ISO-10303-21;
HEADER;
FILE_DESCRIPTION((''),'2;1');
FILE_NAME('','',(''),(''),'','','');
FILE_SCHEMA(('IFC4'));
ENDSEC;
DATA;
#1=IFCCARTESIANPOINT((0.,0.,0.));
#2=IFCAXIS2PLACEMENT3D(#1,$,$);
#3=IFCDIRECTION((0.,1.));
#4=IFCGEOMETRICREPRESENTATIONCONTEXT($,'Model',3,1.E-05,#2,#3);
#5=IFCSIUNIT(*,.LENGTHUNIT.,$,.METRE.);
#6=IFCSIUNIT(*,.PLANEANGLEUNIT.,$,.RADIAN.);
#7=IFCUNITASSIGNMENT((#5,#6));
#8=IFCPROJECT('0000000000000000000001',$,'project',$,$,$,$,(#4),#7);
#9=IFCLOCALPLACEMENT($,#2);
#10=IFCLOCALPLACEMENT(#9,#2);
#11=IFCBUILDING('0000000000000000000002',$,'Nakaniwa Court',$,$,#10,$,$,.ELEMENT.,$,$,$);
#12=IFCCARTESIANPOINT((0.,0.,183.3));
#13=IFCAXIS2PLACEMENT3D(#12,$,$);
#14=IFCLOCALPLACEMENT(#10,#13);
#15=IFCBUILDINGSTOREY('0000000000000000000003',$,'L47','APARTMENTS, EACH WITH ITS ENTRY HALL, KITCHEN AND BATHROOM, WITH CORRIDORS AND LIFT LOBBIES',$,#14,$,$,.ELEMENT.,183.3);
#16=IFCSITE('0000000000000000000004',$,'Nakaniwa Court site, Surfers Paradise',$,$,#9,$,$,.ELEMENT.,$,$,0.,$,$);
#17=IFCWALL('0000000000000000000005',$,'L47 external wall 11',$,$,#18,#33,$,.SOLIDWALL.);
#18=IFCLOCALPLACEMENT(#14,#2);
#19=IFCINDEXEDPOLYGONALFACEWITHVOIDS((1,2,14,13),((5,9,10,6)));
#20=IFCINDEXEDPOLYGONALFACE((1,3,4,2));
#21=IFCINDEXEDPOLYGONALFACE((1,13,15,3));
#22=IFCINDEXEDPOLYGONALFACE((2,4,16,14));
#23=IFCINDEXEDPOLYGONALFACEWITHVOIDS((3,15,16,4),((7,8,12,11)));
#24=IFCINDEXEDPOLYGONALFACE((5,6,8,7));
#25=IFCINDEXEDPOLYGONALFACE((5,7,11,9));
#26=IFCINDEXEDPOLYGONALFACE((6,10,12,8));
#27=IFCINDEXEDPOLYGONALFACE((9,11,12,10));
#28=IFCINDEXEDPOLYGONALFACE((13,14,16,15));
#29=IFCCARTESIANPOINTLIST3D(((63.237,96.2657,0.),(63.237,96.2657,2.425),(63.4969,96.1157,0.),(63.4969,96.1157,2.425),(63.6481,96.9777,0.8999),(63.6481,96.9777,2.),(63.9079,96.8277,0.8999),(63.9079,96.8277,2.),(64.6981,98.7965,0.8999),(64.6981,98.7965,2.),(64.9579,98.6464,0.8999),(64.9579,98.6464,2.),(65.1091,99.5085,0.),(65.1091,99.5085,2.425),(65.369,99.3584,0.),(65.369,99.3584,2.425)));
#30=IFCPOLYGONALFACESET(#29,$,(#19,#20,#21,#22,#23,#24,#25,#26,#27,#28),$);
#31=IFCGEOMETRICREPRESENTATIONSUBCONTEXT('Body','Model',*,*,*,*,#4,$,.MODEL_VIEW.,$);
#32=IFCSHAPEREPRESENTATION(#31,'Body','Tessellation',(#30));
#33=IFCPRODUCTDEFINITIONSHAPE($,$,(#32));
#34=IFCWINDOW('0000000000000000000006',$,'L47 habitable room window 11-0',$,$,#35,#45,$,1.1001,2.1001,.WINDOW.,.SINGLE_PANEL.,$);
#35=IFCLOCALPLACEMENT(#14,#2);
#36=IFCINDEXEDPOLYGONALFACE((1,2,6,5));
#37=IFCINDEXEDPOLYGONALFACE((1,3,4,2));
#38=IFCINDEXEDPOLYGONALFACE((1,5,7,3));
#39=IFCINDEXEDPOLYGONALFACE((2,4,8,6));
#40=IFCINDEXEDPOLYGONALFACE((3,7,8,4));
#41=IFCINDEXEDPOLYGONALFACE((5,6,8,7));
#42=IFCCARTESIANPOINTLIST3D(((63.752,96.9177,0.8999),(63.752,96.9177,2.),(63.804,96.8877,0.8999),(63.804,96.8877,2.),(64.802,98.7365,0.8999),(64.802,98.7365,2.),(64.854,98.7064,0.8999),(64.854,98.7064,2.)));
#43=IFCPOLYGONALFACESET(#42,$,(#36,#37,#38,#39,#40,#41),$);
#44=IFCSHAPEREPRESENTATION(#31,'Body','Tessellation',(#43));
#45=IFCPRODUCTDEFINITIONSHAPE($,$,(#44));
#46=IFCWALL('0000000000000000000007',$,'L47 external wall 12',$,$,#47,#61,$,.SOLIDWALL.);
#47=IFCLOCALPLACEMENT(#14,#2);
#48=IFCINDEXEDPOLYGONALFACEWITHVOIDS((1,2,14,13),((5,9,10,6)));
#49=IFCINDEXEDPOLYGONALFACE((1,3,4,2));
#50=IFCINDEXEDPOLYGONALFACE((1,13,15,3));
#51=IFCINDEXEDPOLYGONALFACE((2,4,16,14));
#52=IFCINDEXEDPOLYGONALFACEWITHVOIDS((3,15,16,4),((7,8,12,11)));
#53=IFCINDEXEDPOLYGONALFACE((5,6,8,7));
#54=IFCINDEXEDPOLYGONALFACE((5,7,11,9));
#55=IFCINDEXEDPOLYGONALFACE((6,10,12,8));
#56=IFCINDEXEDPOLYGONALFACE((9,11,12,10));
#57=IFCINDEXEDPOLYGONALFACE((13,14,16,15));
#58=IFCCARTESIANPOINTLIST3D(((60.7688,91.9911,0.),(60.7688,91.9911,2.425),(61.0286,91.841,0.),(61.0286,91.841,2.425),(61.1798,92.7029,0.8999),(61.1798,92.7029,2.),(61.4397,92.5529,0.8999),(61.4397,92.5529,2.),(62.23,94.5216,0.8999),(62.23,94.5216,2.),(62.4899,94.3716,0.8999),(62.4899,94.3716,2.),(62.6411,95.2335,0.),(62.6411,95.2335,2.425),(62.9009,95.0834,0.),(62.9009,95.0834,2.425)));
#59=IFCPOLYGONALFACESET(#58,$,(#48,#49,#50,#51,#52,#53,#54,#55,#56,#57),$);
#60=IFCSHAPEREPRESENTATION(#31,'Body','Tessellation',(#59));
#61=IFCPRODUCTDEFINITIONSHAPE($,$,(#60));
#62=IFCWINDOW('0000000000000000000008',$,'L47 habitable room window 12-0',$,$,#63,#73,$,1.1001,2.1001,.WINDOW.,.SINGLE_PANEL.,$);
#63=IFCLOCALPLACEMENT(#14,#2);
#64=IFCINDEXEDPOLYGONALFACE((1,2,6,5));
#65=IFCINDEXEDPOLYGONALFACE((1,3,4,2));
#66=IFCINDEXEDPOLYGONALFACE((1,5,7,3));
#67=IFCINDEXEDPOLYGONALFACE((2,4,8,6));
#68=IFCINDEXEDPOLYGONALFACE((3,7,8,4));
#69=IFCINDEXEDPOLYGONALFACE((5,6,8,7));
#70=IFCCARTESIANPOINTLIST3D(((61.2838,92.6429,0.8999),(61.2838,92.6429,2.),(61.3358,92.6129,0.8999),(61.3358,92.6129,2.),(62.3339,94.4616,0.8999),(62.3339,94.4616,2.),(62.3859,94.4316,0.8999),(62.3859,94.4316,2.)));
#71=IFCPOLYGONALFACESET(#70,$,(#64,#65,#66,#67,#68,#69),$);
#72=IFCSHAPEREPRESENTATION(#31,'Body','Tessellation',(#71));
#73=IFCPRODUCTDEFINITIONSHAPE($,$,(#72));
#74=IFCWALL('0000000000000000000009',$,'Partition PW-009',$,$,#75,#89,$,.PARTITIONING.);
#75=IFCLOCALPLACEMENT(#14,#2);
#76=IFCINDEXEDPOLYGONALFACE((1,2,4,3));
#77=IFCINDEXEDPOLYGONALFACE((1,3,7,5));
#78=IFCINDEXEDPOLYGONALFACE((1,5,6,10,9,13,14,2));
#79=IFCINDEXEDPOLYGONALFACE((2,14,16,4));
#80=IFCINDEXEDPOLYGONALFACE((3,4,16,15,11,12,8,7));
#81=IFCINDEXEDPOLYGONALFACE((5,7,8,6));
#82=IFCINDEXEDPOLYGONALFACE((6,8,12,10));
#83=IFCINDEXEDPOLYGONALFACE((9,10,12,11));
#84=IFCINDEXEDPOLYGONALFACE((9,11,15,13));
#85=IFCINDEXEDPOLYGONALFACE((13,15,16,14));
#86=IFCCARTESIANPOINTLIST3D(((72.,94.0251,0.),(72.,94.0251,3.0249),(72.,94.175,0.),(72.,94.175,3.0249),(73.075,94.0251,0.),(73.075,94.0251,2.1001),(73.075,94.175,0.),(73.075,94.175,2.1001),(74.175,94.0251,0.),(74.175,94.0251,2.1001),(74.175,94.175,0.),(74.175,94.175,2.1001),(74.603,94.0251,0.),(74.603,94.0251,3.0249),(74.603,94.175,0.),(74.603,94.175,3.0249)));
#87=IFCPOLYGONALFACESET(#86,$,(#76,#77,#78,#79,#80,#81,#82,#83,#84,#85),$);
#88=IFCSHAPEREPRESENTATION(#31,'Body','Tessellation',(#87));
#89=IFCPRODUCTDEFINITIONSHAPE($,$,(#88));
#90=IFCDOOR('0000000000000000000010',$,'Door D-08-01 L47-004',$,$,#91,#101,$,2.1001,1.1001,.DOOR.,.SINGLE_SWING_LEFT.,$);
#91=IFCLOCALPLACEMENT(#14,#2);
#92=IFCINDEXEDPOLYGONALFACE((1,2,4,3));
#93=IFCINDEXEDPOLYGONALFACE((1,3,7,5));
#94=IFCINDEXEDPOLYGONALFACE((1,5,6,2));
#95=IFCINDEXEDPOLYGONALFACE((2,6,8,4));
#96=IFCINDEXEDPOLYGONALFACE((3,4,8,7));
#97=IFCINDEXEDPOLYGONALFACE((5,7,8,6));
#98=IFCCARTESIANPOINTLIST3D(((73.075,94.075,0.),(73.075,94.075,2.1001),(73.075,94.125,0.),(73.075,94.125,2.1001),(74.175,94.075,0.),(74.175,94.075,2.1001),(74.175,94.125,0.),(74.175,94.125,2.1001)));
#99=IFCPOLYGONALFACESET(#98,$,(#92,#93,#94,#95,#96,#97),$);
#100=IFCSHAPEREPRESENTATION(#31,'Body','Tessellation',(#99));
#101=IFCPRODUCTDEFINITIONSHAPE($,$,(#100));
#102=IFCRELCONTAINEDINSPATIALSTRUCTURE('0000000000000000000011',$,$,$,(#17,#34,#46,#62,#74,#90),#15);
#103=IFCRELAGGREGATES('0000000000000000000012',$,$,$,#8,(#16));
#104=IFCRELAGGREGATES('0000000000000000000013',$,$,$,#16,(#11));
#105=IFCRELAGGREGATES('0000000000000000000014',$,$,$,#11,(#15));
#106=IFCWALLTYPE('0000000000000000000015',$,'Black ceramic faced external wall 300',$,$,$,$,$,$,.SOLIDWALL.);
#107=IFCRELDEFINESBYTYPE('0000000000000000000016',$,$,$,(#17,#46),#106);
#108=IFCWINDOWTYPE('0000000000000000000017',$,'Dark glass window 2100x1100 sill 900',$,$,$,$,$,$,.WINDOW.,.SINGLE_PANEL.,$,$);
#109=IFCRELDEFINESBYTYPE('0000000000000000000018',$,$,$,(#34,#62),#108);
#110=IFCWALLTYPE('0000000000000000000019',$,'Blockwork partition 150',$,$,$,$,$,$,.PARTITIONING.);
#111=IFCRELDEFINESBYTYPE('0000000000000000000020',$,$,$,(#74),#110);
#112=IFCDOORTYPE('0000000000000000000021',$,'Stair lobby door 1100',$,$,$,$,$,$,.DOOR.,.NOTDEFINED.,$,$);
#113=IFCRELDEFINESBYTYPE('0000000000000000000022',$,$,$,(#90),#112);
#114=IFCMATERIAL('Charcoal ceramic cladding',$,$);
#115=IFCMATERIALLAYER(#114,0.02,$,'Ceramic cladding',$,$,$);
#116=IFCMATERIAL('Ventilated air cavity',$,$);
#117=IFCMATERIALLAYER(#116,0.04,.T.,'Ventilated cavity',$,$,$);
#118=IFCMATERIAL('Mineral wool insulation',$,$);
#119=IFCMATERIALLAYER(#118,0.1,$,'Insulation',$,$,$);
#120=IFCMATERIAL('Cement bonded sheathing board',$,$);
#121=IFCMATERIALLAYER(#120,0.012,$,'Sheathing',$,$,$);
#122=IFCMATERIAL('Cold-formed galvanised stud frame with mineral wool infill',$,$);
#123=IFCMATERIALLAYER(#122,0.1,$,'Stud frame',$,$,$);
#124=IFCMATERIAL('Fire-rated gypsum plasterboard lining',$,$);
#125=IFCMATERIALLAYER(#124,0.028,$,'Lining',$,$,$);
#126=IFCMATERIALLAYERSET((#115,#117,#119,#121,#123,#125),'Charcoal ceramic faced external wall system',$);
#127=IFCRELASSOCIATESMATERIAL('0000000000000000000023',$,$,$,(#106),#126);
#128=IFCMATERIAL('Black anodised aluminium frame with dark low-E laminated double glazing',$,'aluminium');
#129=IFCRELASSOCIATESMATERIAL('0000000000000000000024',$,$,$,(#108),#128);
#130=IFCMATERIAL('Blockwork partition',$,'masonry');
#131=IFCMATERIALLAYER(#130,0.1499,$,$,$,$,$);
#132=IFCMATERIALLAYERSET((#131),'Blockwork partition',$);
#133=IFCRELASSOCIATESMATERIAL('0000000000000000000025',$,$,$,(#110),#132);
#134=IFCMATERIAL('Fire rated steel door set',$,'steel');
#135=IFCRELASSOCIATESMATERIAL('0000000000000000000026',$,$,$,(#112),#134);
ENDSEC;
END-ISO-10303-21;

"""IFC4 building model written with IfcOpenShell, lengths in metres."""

from ifc_helpers import new_model, si_unit, direction, frame, frame_2d, origin, place, context, subcontext, project, spatial, rectangle, extrude, material, layer, layer_set, type_object, element, fill, save


model = new_model("IFC4")

# Units and contexts
model_context = context("Model", 3, precision=1e-05, world=origin(), true_north=direction((0.0, 1.0)))
body_context = subcontext(model_context, "Body", "Model", "MODEL_VIEW")
ifc_project = project(units=[si_unit("LENGTHUNIT", "METRE"), si_unit("PLANEANGLEUNIT", "RADIAN")], contexts=[model_context])

# Site, building, storey
site_placement = place(None, origin())
site = spatial("IfcSite", under=ifc_project, at=site_placement, Name="Nakaniwa Court site, Surfers Paradise", CompositionType="ELEMENT", RefElevation=0.0)
building_placement = place(site_placement, origin())
building = spatial("IfcBuilding", under=site, at=building_placement, Name="Nakaniwa Court", CompositionType="ELEMENT")
storey_placement = place(building_placement, frame((0.0, 0.0, 183.3)))
storey = spatial("IfcBuildingStorey", under=building, at=storey_placement, Name="L47", Description="APARTMENTS, EACH WITH ITS ENTRY HALL, KITCHEN AND BATHROOM, WITH CORRIDORS AND LIFT LOBBIES", CompositionType="ELEMENT", Elevation=183.3)

# Walls, openings, windows
ifc_material_1 = material(Name="Charcoal ceramic cladding")
ifc_layer_1 = layer(ifc_material_1, 0.02, Name="Ceramic cladding")
ifc_material_2 = material(Name="Ventilated air cavity")
ifc_layer_2 = layer(ifc_material_2, 0.04, ventilated=True, Name="Ventilated cavity")
ifc_material_3 = material(Name="Mineral wool insulation")
ifc_layer_3 = layer(ifc_material_3, 0.1, Name="Insulation")
ifc_material_4 = material(Name="Cement bonded sheathing board")
ifc_layer_4 = layer(ifc_material_4, 0.012, Name="Sheathing")
ifc_material_5 = material(Name="Cold-formed galvanised stud frame with mineral wool infill")
ifc_layer_5 = layer(ifc_material_5, 0.1, Name="Stud frame")
ifc_material_6 = material(Name="Fire-rated gypsum plasterboard lining")
ifc_layer_6 = layer(ifc_material_6, 0.028, Name="Lining")
ifc_layer_set_1 = layer_set([ifc_layer_1, ifc_layer_2, ifc_layer_3, ifc_layer_4, ifc_layer_5, ifc_layer_6], Name="Charcoal ceramic faced external wall system")
wall_type_1 = type_object("IfcWallType", Name="Black ceramic faced external wall 300", PredefinedType="SOLIDWALL", material=ifc_layer_set_1)
ifc_material_7 = material(Name="Black anodised aluminium frame with dark low-E laminated double glazing", Category="aluminium")
wall_1_placement = place(storey_placement, frame((65.239, 99.4333, 0.0), z_axis=(0.0, 0.0, 1.0), x_axis=(-0.499982, -0.866036, 0.0)))
wall_1 = element("IfcWall", 1, at=wall_1_placement, inside=storey, type_object=wall_type_1, Name="L47 external wall 11", PredefinedType="SOLIDWALL", context=body_context, shape_type="SweptSolid", body=[
    extrude(rectangle(XDim=3.7444, YDim=0.3, at=frame_2d((1.8721, 0.0))), origin(), (0.0, 0.0, 1.0), 2.425),
])
opening_1_placement = place(wall_1_placement, frame((0.822, 0.0, 0.8999)))
opening_1 = element("IfcOpeningElement", 2, at=opening_1_placement, cuts=wall_1, PredefinedType="OPENING", context=body_context, shape_type="SweptSolid", body=[
    extrude(rectangle(XDim=2.1001, YDim=1.1001, at=frame_2d((1.05, 0.55))), frame((0.0, 0.1599, 0.0), z_axis=(0.0, -1.0, 0.0), x_axis=(1.0, 0.0, 0.0)), (0.0, 0.0, 1.0), 0.3201),
])
window_type_1 = type_object("IfcWindowType", Name="Dark glass window 2100x1100 sill 900", PartitioningType="SINGLE_PANEL", PredefinedType="WINDOW", material=ifc_material_7)
window_1_placement = place(opening_1_placement, origin())
window_1 = element("IfcWindow", 3, at=window_1_placement, inside=storey, type_object=window_type_1, Name="L47 habitable room window 11-0", OverallHeight=1.1001, OverallWidth=2.1001, PartitioningType="SINGLE_PANEL", PredefinedType="WINDOW", context=body_context, shape_type="SweptSolid", body=[
    extrude(rectangle(XDim=2.1001, YDim=1.1001, at=frame_2d((1.05, 0.55))), frame((0.0, 0.03, 0.0), z_axis=(0.0, -1.0, 0.0), x_axis=(1.0, 0.0, 0.0)), (0.0, 0.0, 1.0), 0.0601),
])
fill(opening_1, window_1)
wall_2_placement = place(storey_placement, frame((62.771, 95.1584, 0.0), z_axis=(0.0, 0.0, 1.0), x_axis=(-0.500059, -0.865991, 0.0)))
wall_2 = element("IfcWall", 4, at=wall_2_placement, inside=storey, type_object=wall_type_1, Name="L47 external wall 12", PredefinedType="SOLIDWALL", context=body_context, shape_type="SweptSolid", body=[
    extrude(rectangle(XDim=3.7441, YDim=0.3, at=frame_2d((1.8721, 0.0))), origin(), (0.0, 0.0, 1.0), 2.425),
])
opening_2_placement = place(wall_2_placement, frame((0.822, 0.0, 0.8999)))
opening_2 = element("IfcOpeningElement", 5, at=opening_2_placement, cuts=wall_2, PredefinedType="OPENING", context=body_context, shape_type="SweptSolid", body=[
    extrude(rectangle(XDim=2.1001, YDim=1.1001, at=frame_2d((1.05, 0.55))), frame((0.0, 0.1599, 0.0), z_axis=(0.0, -1.0, 0.0), x_axis=(1.0, 0.0, 0.0)), (0.0, 0.0, 1.0), 0.3201),
])
window_2_placement = place(opening_2_placement, origin())
window_2 = element("IfcWindow", 6, at=window_2_placement, inside=storey, type_object=window_type_1, Name="L47 habitable room window 12-0", OverallHeight=1.1001, OverallWidth=2.1001, PartitioningType="SINGLE_PANEL", PredefinedType="WINDOW", context=body_context, shape_type="SweptSolid", body=[
    extrude(rectangle(XDim=2.1001, YDim=1.1001, at=frame_2d((1.05, 0.55))), frame((0.0, 0.03, 0.0), z_axis=(0.0, -1.0, 0.0), x_axis=(1.0, 0.0, 0.0)), (0.0, 0.0, 1.0), 0.0601),
])
fill(opening_2, window_2)

# Wall, opening, door
ifc_material_8 = material(Name="Blockwork partition", Category="masonry")
ifc_layer_7 = layer(ifc_material_8, 0.1499)
ifc_layer_set_2 = layer_set([ifc_layer_7], Name="Blockwork partition")
wall_type_2 = type_object("IfcWallType", Name="Blockwork partition 150", PredefinedType="PARTITIONING", material=ifc_layer_set_2)
wall_3_placement = place(storey_placement, frame((72.0, 94.1001, 0.0), z_axis=(0.0, 0.0, 1.0), x_axis=(1.0, 0.0, 0.0)))
wall_3 = element("IfcWall", 7, at=wall_3_placement, inside=storey, type_object=wall_type_2, Name="Partition PW-009", PredefinedType="PARTITIONING", context=body_context, shape_type="SweptSolid", body=[
    extrude(rectangle(XDim=2.603, YDim=0.1499, at=frame_2d((1.3015, 0.0))), origin(), (0.0, 0.0, 1.0), 3.0249),
])
opening_3_placement = place(wall_3_placement, frame((1.075, 0.0, 0.0)))
opening_3 = element("IfcOpeningElement", 8, at=opening_3_placement, cuts=wall_3, PredefinedType="OPENING", context=body_context, shape_type="SweptSolid", body=[
    extrude(rectangle(XDim=1.1001, YDim=2.1001, at=frame_2d((0.55, 1.05))), frame((0.0, 0.085, 0.0), z_axis=(0.0, -1.0, 0.0), x_axis=(1.0, 0.0, 0.0)), (0.0, 0.0, 1.0), 0.1699),
])
ifc_material_9 = material(Name="Fire rated steel door set", Category="steel")
door_type_1 = type_object("IfcDoorType", Name="Stair lobby door 1100", OperationType="NOTDEFINED", PredefinedType="DOOR", material=ifc_material_9)
door_1_placement = place(opening_3_placement, origin())
door_1 = element("IfcDoor", 9, at=door_1_placement, inside=storey, type_object=door_type_1, Name="Door D-08-01 L47-004", OperationType="SINGLE_SWING_LEFT", OverallHeight=2.1001, OverallWidth=1.1001, PredefinedType="DOOR", context=body_context, shape_type="SweptSolid", body=[
    extrude(rectangle(XDim=1.1001, YDim=2.1001, at=frame_2d((0.55, 1.05))), frame((0.0, 0.0249, 0.0), z_axis=(0.0, -1.0, 0.0), x_axis=(1.0, 0.0, 0.0)), (0.0, 0.0, 1.0), 0.05),
])
fill(opening_3, door_1)

save(model, "model.ifc")
